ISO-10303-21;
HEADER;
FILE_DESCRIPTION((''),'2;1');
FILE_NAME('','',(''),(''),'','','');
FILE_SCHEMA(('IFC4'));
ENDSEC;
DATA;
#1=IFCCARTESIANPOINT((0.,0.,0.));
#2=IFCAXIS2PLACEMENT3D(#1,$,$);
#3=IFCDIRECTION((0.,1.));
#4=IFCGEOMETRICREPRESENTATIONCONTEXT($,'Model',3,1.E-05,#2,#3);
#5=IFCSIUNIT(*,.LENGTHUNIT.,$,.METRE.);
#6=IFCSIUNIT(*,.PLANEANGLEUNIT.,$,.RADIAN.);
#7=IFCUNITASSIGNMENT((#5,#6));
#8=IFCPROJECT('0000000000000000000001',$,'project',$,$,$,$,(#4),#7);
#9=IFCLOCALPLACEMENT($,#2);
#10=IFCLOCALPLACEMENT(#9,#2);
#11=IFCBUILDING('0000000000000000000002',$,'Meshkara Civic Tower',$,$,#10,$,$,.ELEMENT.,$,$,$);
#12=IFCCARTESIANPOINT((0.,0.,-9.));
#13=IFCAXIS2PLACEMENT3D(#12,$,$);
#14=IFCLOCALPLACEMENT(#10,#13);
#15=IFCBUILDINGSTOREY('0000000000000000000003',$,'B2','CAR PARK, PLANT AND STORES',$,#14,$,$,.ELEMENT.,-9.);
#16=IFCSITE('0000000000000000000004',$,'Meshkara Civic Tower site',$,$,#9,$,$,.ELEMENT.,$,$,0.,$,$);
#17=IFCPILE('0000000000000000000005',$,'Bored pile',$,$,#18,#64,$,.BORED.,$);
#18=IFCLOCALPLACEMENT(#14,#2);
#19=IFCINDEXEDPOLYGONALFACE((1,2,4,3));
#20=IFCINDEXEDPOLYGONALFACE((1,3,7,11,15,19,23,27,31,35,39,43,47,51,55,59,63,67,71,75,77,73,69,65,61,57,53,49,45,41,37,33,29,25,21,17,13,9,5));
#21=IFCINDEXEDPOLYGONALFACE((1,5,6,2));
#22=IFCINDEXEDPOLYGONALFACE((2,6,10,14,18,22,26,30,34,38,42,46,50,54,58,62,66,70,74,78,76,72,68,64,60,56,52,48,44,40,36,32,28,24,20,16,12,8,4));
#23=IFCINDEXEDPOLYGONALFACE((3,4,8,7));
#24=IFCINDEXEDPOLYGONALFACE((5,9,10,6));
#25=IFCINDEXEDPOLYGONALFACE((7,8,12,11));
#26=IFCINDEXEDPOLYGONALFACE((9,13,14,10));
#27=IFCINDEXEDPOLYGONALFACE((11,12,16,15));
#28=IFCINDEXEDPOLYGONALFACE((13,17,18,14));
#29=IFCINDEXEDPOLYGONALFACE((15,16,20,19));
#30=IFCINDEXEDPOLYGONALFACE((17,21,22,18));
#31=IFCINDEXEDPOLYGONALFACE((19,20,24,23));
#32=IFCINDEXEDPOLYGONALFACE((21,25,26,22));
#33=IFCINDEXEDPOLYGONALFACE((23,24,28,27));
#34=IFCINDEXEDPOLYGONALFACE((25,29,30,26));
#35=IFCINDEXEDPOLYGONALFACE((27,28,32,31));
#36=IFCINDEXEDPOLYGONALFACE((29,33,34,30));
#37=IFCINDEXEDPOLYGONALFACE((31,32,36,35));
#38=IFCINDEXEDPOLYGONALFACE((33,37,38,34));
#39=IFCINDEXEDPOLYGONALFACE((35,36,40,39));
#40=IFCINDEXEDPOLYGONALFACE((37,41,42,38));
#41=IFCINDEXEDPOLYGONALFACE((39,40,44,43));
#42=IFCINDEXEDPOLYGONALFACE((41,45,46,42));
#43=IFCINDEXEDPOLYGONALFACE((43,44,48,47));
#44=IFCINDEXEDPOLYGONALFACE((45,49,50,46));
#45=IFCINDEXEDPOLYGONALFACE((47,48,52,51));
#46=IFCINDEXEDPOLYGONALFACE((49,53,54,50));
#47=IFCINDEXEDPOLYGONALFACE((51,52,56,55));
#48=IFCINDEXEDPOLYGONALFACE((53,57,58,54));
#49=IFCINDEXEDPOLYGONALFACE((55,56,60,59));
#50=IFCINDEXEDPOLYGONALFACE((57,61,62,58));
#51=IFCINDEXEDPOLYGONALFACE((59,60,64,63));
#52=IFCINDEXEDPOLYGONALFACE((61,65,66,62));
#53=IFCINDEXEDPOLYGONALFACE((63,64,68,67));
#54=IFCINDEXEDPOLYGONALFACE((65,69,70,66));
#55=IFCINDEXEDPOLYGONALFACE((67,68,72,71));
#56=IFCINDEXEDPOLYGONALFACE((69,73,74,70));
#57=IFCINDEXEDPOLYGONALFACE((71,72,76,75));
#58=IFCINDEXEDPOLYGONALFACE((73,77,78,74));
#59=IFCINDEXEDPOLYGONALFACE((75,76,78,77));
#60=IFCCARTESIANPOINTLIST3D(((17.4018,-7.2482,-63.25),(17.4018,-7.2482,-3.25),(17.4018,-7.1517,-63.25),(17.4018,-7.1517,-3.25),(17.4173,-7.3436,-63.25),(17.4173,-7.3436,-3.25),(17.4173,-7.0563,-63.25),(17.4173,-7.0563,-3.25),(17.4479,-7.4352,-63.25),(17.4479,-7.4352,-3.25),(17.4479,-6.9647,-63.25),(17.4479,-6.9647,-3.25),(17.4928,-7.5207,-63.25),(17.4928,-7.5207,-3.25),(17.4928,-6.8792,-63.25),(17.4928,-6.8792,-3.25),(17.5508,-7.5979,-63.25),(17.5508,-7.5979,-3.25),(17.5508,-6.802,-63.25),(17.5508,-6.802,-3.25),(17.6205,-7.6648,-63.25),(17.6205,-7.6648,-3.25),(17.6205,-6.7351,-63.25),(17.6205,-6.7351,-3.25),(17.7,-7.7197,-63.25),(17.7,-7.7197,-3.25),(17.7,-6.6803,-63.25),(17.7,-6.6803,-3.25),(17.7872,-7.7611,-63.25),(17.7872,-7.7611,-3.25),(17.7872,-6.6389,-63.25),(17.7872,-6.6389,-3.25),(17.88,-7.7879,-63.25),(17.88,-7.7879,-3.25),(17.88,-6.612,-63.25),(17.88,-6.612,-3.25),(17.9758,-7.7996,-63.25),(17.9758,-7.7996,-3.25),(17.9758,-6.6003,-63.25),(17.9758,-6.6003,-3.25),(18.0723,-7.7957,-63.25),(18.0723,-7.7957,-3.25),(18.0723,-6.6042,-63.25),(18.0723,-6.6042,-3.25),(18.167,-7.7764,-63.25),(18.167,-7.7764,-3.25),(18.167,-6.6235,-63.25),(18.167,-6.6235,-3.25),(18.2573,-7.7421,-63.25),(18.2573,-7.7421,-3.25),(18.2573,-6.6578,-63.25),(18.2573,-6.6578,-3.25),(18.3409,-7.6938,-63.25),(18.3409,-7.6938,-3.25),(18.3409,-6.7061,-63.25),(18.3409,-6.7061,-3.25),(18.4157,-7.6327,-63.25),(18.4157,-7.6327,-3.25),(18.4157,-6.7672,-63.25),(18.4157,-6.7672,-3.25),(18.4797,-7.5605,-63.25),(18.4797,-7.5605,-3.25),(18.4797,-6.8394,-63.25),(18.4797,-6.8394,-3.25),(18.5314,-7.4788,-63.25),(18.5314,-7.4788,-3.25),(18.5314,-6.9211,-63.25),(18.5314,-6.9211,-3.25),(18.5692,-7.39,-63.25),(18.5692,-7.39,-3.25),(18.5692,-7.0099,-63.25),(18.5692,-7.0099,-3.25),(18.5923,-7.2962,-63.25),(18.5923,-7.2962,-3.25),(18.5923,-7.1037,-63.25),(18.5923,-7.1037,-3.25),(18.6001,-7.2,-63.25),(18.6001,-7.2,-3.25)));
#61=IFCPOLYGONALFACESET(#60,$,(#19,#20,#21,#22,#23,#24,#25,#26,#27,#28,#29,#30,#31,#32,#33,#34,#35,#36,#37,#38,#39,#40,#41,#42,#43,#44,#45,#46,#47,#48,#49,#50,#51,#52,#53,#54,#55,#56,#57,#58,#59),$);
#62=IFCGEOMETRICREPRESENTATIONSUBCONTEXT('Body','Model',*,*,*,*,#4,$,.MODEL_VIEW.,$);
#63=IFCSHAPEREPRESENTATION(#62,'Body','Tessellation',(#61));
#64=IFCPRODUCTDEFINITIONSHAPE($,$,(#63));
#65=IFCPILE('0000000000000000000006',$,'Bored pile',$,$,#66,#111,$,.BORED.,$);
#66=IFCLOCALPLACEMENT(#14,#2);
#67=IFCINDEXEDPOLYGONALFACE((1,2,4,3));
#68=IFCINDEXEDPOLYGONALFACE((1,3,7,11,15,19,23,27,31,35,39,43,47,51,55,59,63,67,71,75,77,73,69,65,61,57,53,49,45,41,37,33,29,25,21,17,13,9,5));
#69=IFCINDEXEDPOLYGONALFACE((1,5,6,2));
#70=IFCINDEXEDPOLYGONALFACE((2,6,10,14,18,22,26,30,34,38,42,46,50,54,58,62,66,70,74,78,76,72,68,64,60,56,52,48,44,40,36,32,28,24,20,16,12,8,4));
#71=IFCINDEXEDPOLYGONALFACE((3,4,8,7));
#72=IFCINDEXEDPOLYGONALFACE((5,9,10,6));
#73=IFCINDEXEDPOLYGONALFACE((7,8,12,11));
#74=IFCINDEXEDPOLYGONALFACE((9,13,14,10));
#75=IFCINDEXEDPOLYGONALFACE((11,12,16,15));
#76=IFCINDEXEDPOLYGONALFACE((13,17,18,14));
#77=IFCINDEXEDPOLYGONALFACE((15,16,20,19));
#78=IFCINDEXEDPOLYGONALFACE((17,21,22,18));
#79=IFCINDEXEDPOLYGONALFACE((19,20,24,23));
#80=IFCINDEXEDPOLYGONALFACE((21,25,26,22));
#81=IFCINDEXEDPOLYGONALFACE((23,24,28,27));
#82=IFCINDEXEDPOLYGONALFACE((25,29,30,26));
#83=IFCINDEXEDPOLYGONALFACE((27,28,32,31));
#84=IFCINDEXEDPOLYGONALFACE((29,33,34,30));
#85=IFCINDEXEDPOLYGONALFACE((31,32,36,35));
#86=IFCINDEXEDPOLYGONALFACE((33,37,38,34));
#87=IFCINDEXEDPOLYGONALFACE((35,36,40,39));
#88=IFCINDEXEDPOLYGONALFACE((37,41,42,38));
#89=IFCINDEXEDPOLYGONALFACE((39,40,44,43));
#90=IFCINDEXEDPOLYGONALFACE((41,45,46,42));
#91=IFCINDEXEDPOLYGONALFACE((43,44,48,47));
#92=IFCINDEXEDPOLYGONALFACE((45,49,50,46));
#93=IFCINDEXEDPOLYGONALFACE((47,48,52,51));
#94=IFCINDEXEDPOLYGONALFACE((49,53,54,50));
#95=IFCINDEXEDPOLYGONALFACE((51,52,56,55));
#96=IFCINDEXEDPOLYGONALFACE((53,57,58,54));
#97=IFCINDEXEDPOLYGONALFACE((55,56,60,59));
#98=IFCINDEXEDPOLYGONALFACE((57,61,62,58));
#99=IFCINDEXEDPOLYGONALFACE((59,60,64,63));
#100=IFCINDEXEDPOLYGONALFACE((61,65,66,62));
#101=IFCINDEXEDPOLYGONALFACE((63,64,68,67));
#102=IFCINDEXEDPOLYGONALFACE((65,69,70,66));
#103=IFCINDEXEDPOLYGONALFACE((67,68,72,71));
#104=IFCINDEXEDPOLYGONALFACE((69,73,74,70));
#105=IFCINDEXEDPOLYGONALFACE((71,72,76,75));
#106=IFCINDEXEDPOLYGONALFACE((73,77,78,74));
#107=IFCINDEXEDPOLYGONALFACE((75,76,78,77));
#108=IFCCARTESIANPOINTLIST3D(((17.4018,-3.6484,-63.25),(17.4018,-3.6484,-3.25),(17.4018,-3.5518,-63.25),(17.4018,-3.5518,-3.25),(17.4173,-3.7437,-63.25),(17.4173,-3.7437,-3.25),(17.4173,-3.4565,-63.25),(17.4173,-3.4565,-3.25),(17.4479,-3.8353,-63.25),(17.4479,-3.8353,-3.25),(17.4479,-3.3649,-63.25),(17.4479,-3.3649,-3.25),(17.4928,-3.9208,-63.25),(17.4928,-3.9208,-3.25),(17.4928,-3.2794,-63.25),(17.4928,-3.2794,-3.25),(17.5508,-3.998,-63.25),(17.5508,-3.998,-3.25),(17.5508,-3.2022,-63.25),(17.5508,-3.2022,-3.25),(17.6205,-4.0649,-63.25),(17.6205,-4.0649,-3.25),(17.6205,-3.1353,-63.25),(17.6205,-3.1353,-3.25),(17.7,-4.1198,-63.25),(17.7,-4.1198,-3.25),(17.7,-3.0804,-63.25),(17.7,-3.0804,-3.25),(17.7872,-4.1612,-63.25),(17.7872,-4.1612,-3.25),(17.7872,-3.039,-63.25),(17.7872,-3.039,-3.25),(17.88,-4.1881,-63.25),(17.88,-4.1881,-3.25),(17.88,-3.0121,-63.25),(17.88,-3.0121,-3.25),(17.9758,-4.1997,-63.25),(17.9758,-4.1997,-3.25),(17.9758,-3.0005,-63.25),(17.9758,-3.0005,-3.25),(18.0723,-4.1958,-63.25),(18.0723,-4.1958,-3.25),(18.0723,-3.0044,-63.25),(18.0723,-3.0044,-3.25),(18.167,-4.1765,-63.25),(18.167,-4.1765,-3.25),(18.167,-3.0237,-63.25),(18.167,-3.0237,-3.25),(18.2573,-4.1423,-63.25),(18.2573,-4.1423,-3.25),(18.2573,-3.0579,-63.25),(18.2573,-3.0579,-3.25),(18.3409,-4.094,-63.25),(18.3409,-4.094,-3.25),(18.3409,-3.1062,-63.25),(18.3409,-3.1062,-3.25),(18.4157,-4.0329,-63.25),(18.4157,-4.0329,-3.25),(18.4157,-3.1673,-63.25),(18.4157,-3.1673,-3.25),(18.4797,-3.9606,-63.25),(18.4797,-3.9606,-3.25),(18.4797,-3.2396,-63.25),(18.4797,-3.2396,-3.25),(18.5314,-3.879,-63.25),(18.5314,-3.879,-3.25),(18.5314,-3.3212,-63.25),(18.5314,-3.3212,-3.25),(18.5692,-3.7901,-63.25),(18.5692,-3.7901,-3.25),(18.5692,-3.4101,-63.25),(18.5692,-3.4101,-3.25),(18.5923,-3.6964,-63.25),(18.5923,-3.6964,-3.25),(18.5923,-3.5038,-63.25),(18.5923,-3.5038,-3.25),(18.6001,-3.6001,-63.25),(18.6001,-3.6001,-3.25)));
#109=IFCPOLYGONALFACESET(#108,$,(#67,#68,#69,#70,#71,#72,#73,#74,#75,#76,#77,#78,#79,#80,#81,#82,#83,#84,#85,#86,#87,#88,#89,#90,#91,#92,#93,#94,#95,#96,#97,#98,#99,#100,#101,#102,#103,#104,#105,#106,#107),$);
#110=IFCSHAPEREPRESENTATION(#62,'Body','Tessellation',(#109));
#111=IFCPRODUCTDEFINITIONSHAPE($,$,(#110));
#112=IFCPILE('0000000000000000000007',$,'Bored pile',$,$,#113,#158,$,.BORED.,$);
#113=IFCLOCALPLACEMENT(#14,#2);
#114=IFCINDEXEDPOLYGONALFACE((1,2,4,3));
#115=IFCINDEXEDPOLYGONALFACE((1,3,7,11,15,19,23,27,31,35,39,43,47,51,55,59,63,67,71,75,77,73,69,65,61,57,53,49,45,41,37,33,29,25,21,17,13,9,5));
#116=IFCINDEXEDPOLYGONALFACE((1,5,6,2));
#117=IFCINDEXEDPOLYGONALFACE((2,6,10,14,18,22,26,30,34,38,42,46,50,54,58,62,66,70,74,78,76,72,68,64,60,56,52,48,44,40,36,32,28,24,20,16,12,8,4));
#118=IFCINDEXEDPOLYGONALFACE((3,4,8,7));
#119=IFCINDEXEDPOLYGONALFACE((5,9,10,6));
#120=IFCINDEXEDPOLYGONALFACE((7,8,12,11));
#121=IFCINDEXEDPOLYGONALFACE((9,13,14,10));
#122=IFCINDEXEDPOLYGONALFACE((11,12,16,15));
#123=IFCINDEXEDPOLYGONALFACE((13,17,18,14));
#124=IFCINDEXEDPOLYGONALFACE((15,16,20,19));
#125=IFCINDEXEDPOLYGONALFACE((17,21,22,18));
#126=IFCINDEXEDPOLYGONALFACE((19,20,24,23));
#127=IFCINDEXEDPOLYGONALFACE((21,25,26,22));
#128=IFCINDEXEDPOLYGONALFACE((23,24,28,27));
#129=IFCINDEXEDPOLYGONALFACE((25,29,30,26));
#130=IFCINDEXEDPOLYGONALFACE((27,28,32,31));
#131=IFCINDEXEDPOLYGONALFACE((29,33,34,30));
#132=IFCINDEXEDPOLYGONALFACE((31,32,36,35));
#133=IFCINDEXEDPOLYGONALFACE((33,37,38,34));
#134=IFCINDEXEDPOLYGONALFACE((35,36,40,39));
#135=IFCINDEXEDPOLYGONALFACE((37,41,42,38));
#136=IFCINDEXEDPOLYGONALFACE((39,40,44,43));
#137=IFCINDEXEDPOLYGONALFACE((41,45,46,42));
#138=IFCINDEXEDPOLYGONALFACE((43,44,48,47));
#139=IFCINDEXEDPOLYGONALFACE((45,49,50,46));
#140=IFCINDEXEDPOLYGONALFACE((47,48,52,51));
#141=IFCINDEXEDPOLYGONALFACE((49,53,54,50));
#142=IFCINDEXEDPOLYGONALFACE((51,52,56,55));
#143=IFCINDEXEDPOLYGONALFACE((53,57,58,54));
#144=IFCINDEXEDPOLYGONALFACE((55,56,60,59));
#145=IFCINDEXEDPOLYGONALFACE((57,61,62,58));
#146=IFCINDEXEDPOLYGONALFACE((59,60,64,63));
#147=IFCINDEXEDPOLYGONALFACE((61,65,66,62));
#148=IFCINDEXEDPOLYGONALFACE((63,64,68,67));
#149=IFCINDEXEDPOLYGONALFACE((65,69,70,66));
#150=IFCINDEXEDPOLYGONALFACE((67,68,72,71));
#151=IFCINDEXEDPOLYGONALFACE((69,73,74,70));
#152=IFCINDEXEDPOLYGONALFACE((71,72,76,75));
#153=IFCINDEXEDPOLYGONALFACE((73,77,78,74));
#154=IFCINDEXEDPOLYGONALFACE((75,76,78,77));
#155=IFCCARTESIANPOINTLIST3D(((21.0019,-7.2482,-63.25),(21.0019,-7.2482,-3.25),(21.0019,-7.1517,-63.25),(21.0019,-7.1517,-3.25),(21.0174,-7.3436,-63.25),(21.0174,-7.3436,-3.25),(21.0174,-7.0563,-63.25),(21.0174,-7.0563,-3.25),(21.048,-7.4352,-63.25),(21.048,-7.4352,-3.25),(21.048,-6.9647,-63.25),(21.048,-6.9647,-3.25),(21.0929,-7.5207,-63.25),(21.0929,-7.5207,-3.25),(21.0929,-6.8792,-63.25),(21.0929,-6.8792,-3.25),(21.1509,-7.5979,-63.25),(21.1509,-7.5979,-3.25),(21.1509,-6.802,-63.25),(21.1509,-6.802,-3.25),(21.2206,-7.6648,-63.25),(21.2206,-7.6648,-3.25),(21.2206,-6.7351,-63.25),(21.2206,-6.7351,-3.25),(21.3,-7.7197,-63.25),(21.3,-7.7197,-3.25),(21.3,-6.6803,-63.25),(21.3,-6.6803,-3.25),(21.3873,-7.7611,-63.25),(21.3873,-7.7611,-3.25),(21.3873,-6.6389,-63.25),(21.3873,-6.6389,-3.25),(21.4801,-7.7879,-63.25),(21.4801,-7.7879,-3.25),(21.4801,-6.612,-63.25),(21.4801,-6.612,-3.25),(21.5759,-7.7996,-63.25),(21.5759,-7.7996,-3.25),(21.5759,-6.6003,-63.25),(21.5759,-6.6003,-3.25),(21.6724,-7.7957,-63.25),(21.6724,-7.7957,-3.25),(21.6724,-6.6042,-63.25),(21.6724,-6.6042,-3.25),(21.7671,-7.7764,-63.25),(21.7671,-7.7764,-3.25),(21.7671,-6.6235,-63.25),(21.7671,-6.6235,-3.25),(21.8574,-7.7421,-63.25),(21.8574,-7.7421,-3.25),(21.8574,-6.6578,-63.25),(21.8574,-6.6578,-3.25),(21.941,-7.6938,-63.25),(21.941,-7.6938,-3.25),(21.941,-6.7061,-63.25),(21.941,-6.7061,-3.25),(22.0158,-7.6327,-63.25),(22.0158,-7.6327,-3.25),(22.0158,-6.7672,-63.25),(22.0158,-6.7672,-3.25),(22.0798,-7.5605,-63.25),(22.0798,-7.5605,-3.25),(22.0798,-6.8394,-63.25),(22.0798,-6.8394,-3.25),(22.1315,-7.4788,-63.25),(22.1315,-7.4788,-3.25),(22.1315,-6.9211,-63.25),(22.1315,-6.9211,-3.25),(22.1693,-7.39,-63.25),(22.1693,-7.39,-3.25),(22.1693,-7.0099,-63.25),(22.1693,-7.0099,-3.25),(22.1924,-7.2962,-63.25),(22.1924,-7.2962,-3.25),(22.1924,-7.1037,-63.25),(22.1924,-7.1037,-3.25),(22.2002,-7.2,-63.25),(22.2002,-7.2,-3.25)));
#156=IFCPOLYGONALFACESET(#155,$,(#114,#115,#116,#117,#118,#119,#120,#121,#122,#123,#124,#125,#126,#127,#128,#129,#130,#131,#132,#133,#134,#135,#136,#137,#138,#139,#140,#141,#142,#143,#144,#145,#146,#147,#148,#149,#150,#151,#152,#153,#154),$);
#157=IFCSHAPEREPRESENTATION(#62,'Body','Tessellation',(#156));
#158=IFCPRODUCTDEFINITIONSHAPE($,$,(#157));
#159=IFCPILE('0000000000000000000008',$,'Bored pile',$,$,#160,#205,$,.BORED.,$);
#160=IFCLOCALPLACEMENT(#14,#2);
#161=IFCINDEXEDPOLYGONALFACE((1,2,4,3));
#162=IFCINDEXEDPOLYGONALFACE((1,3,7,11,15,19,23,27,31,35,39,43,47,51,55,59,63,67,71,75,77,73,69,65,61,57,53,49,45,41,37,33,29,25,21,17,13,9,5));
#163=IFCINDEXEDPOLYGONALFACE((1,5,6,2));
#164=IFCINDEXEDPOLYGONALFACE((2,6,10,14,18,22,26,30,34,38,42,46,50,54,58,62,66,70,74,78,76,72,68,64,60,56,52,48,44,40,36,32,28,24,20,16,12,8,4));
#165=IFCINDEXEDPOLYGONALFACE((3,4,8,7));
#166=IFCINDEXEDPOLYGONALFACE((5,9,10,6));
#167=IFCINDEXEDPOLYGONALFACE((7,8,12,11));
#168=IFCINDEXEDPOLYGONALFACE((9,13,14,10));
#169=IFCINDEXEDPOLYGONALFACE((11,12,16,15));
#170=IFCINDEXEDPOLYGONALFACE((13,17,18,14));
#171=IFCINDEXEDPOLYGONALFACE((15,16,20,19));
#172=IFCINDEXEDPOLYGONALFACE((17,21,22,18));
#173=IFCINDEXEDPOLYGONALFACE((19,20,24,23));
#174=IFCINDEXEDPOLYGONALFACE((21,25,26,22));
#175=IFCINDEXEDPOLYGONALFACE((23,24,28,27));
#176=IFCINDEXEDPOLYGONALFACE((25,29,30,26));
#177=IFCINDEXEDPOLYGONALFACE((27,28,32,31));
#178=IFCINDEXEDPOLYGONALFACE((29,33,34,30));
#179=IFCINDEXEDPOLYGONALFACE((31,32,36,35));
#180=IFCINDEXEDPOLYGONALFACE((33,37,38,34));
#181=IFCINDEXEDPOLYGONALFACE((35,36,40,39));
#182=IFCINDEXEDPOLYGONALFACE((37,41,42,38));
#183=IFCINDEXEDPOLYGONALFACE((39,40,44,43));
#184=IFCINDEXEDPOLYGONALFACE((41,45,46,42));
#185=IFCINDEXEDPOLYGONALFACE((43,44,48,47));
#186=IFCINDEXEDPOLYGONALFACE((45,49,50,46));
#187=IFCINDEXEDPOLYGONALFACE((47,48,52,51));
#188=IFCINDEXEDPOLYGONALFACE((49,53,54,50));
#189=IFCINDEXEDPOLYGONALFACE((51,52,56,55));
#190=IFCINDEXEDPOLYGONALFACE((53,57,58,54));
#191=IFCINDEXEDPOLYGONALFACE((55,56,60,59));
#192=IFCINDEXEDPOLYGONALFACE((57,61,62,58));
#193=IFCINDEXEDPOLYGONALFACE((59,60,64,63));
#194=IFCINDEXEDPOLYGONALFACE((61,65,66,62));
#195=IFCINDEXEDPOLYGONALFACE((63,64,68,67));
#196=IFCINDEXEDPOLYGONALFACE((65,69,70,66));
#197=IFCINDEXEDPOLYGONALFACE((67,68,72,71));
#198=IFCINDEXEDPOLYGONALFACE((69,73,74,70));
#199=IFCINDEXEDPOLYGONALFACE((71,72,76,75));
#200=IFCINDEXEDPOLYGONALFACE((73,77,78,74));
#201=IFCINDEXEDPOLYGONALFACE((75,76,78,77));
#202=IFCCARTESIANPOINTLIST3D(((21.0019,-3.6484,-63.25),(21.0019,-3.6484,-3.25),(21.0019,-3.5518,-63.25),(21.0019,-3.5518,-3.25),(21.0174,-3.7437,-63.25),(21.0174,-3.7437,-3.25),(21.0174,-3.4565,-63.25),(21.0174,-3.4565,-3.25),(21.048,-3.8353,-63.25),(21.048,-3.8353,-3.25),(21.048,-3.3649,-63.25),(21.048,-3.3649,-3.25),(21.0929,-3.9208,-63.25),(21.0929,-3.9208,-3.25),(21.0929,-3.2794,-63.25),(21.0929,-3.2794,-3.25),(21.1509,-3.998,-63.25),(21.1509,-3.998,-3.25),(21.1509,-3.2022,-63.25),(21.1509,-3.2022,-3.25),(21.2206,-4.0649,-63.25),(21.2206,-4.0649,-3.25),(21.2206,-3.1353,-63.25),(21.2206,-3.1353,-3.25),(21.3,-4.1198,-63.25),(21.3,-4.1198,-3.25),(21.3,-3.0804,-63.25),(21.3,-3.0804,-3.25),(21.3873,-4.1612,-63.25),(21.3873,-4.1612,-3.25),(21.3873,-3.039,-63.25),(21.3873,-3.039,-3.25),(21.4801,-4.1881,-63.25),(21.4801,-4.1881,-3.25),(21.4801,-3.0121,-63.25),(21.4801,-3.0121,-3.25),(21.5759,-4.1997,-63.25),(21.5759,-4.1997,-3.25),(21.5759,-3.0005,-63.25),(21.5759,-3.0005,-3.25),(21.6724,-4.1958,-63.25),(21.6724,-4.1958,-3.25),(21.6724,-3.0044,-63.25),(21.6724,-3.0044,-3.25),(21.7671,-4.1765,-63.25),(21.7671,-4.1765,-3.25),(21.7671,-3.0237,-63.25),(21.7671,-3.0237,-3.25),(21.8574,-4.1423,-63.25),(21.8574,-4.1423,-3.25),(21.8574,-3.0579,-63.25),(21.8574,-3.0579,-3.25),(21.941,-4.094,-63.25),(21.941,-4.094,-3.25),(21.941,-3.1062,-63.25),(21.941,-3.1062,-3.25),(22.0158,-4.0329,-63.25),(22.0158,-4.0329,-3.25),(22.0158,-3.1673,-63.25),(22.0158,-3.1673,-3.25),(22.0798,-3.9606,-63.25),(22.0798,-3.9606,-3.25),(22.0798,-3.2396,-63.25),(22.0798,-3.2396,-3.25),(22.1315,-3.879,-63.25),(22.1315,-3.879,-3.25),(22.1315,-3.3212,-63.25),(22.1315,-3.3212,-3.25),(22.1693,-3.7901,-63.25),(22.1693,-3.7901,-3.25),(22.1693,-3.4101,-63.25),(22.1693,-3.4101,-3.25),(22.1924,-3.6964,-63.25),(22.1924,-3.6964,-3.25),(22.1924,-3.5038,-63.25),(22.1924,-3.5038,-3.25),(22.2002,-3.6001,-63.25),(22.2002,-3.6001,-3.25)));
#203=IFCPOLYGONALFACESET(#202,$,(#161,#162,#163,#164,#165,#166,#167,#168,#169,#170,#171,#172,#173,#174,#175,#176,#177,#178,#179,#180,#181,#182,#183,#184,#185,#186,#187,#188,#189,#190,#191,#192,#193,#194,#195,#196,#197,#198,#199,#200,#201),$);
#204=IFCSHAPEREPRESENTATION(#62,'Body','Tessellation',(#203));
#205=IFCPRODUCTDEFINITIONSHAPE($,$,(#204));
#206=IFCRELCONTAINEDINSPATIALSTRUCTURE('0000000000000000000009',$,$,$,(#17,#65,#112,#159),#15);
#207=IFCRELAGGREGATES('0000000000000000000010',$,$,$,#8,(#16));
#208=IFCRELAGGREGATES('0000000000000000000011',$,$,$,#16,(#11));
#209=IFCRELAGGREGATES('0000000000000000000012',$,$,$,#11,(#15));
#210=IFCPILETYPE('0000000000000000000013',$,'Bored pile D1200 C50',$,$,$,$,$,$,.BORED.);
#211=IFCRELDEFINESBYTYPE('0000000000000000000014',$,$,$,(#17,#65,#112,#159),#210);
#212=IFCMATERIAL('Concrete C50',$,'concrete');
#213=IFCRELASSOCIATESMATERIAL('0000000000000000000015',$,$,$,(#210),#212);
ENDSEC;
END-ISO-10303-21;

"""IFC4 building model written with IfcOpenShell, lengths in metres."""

from ifc_helpers import new_model, si_unit, direction, frame, origin, origin_2d, place, context, subcontext, project, spatial, circle, extrude, material, material_profile, profile_set, type_object, element, save


model = new_model("IFC4")

# Units and contexts
model_context = context("Model", 3, precision=1e-05, world=origin(), true_north=direction((0.0, 1.0)))
body_context = subcontext(model_context, "Body", "Model", "MODEL_VIEW")
ifc_project = project(units=[si_unit("LENGTHUNIT", "METRE"), si_unit("PLANEANGLEUNIT", "RADIAN")], contexts=[model_context])

# Site, building, storey
site_placement = place(None, origin())
site = spatial("IfcSite", under=ifc_project, at=site_placement, Name="Meshkara Civic Tower site", CompositionType="ELEMENT", RefElevation=0.0)
building_placement = place(site_placement, origin())
building = spatial("IfcBuilding", under=site, at=building_placement, Name="Meshkara Civic Tower", CompositionType="ELEMENT")
storey_placement = place(building_placement, frame((0.0, 0.0, -9.0)))
storey = spatial("IfcBuildingStorey", under=building, at=storey_placement, Name="B2", Description="CAR PARK, PLANT AND STORES", CompositionType="ELEMENT", Elevation=-9.0)

# Piles
ifc_material_1 = material(Name="Concrete C50", Category="concrete")
ifc_material_profile_1 = material_profile(ifc_material_1, circle(Radius=0.6001, at=origin_2d()))
ifc_profile_set_1 = profile_set([ifc_material_profile_1], Name="Concrete C50")
pile_type = type_object("IfcPileType", Name="Bored pile D1200 C50", PredefinedType="BORED", material=ifc_profile_set_1)
for number, where, z_axis, x_axis, name in (
    (1, (18.0, -7.2, -3.25), (0.0, 0.0, -1.0), (1.0, 0.0, 0.0), "Bored pile"),
    (2, (18.0, -3.6001, -3.25), (0.0, 0.0, -1.0), (1.0, 0.0, 0.0), "Bored pile"),
    (3, (21.6001, -7.2, -3.25), (0.0, 0.0, -1.0), (1.0, 0.0, 0.0), "Bored pile"),
    (4, (21.6001, -3.6001, -3.25), (0.0, 0.0, -1.0), (1.0, 0.0, 0.0), "Bored pile"),
):
    element("IfcPile", number, at=place(storey_placement, frame(where, z_axis=z_axis, x_axis=x_axis)), inside=storey, type_object=pile_type, Name=name, PredefinedType="BORED", context=body_context, shape_type="SweptSolid", body=[
        extrude(circle(Radius=0.6001, at=origin_2d()), origin(), (0.0, 0.0, 1.0), 60.0),
    ])

save(model, "model.ifc")
